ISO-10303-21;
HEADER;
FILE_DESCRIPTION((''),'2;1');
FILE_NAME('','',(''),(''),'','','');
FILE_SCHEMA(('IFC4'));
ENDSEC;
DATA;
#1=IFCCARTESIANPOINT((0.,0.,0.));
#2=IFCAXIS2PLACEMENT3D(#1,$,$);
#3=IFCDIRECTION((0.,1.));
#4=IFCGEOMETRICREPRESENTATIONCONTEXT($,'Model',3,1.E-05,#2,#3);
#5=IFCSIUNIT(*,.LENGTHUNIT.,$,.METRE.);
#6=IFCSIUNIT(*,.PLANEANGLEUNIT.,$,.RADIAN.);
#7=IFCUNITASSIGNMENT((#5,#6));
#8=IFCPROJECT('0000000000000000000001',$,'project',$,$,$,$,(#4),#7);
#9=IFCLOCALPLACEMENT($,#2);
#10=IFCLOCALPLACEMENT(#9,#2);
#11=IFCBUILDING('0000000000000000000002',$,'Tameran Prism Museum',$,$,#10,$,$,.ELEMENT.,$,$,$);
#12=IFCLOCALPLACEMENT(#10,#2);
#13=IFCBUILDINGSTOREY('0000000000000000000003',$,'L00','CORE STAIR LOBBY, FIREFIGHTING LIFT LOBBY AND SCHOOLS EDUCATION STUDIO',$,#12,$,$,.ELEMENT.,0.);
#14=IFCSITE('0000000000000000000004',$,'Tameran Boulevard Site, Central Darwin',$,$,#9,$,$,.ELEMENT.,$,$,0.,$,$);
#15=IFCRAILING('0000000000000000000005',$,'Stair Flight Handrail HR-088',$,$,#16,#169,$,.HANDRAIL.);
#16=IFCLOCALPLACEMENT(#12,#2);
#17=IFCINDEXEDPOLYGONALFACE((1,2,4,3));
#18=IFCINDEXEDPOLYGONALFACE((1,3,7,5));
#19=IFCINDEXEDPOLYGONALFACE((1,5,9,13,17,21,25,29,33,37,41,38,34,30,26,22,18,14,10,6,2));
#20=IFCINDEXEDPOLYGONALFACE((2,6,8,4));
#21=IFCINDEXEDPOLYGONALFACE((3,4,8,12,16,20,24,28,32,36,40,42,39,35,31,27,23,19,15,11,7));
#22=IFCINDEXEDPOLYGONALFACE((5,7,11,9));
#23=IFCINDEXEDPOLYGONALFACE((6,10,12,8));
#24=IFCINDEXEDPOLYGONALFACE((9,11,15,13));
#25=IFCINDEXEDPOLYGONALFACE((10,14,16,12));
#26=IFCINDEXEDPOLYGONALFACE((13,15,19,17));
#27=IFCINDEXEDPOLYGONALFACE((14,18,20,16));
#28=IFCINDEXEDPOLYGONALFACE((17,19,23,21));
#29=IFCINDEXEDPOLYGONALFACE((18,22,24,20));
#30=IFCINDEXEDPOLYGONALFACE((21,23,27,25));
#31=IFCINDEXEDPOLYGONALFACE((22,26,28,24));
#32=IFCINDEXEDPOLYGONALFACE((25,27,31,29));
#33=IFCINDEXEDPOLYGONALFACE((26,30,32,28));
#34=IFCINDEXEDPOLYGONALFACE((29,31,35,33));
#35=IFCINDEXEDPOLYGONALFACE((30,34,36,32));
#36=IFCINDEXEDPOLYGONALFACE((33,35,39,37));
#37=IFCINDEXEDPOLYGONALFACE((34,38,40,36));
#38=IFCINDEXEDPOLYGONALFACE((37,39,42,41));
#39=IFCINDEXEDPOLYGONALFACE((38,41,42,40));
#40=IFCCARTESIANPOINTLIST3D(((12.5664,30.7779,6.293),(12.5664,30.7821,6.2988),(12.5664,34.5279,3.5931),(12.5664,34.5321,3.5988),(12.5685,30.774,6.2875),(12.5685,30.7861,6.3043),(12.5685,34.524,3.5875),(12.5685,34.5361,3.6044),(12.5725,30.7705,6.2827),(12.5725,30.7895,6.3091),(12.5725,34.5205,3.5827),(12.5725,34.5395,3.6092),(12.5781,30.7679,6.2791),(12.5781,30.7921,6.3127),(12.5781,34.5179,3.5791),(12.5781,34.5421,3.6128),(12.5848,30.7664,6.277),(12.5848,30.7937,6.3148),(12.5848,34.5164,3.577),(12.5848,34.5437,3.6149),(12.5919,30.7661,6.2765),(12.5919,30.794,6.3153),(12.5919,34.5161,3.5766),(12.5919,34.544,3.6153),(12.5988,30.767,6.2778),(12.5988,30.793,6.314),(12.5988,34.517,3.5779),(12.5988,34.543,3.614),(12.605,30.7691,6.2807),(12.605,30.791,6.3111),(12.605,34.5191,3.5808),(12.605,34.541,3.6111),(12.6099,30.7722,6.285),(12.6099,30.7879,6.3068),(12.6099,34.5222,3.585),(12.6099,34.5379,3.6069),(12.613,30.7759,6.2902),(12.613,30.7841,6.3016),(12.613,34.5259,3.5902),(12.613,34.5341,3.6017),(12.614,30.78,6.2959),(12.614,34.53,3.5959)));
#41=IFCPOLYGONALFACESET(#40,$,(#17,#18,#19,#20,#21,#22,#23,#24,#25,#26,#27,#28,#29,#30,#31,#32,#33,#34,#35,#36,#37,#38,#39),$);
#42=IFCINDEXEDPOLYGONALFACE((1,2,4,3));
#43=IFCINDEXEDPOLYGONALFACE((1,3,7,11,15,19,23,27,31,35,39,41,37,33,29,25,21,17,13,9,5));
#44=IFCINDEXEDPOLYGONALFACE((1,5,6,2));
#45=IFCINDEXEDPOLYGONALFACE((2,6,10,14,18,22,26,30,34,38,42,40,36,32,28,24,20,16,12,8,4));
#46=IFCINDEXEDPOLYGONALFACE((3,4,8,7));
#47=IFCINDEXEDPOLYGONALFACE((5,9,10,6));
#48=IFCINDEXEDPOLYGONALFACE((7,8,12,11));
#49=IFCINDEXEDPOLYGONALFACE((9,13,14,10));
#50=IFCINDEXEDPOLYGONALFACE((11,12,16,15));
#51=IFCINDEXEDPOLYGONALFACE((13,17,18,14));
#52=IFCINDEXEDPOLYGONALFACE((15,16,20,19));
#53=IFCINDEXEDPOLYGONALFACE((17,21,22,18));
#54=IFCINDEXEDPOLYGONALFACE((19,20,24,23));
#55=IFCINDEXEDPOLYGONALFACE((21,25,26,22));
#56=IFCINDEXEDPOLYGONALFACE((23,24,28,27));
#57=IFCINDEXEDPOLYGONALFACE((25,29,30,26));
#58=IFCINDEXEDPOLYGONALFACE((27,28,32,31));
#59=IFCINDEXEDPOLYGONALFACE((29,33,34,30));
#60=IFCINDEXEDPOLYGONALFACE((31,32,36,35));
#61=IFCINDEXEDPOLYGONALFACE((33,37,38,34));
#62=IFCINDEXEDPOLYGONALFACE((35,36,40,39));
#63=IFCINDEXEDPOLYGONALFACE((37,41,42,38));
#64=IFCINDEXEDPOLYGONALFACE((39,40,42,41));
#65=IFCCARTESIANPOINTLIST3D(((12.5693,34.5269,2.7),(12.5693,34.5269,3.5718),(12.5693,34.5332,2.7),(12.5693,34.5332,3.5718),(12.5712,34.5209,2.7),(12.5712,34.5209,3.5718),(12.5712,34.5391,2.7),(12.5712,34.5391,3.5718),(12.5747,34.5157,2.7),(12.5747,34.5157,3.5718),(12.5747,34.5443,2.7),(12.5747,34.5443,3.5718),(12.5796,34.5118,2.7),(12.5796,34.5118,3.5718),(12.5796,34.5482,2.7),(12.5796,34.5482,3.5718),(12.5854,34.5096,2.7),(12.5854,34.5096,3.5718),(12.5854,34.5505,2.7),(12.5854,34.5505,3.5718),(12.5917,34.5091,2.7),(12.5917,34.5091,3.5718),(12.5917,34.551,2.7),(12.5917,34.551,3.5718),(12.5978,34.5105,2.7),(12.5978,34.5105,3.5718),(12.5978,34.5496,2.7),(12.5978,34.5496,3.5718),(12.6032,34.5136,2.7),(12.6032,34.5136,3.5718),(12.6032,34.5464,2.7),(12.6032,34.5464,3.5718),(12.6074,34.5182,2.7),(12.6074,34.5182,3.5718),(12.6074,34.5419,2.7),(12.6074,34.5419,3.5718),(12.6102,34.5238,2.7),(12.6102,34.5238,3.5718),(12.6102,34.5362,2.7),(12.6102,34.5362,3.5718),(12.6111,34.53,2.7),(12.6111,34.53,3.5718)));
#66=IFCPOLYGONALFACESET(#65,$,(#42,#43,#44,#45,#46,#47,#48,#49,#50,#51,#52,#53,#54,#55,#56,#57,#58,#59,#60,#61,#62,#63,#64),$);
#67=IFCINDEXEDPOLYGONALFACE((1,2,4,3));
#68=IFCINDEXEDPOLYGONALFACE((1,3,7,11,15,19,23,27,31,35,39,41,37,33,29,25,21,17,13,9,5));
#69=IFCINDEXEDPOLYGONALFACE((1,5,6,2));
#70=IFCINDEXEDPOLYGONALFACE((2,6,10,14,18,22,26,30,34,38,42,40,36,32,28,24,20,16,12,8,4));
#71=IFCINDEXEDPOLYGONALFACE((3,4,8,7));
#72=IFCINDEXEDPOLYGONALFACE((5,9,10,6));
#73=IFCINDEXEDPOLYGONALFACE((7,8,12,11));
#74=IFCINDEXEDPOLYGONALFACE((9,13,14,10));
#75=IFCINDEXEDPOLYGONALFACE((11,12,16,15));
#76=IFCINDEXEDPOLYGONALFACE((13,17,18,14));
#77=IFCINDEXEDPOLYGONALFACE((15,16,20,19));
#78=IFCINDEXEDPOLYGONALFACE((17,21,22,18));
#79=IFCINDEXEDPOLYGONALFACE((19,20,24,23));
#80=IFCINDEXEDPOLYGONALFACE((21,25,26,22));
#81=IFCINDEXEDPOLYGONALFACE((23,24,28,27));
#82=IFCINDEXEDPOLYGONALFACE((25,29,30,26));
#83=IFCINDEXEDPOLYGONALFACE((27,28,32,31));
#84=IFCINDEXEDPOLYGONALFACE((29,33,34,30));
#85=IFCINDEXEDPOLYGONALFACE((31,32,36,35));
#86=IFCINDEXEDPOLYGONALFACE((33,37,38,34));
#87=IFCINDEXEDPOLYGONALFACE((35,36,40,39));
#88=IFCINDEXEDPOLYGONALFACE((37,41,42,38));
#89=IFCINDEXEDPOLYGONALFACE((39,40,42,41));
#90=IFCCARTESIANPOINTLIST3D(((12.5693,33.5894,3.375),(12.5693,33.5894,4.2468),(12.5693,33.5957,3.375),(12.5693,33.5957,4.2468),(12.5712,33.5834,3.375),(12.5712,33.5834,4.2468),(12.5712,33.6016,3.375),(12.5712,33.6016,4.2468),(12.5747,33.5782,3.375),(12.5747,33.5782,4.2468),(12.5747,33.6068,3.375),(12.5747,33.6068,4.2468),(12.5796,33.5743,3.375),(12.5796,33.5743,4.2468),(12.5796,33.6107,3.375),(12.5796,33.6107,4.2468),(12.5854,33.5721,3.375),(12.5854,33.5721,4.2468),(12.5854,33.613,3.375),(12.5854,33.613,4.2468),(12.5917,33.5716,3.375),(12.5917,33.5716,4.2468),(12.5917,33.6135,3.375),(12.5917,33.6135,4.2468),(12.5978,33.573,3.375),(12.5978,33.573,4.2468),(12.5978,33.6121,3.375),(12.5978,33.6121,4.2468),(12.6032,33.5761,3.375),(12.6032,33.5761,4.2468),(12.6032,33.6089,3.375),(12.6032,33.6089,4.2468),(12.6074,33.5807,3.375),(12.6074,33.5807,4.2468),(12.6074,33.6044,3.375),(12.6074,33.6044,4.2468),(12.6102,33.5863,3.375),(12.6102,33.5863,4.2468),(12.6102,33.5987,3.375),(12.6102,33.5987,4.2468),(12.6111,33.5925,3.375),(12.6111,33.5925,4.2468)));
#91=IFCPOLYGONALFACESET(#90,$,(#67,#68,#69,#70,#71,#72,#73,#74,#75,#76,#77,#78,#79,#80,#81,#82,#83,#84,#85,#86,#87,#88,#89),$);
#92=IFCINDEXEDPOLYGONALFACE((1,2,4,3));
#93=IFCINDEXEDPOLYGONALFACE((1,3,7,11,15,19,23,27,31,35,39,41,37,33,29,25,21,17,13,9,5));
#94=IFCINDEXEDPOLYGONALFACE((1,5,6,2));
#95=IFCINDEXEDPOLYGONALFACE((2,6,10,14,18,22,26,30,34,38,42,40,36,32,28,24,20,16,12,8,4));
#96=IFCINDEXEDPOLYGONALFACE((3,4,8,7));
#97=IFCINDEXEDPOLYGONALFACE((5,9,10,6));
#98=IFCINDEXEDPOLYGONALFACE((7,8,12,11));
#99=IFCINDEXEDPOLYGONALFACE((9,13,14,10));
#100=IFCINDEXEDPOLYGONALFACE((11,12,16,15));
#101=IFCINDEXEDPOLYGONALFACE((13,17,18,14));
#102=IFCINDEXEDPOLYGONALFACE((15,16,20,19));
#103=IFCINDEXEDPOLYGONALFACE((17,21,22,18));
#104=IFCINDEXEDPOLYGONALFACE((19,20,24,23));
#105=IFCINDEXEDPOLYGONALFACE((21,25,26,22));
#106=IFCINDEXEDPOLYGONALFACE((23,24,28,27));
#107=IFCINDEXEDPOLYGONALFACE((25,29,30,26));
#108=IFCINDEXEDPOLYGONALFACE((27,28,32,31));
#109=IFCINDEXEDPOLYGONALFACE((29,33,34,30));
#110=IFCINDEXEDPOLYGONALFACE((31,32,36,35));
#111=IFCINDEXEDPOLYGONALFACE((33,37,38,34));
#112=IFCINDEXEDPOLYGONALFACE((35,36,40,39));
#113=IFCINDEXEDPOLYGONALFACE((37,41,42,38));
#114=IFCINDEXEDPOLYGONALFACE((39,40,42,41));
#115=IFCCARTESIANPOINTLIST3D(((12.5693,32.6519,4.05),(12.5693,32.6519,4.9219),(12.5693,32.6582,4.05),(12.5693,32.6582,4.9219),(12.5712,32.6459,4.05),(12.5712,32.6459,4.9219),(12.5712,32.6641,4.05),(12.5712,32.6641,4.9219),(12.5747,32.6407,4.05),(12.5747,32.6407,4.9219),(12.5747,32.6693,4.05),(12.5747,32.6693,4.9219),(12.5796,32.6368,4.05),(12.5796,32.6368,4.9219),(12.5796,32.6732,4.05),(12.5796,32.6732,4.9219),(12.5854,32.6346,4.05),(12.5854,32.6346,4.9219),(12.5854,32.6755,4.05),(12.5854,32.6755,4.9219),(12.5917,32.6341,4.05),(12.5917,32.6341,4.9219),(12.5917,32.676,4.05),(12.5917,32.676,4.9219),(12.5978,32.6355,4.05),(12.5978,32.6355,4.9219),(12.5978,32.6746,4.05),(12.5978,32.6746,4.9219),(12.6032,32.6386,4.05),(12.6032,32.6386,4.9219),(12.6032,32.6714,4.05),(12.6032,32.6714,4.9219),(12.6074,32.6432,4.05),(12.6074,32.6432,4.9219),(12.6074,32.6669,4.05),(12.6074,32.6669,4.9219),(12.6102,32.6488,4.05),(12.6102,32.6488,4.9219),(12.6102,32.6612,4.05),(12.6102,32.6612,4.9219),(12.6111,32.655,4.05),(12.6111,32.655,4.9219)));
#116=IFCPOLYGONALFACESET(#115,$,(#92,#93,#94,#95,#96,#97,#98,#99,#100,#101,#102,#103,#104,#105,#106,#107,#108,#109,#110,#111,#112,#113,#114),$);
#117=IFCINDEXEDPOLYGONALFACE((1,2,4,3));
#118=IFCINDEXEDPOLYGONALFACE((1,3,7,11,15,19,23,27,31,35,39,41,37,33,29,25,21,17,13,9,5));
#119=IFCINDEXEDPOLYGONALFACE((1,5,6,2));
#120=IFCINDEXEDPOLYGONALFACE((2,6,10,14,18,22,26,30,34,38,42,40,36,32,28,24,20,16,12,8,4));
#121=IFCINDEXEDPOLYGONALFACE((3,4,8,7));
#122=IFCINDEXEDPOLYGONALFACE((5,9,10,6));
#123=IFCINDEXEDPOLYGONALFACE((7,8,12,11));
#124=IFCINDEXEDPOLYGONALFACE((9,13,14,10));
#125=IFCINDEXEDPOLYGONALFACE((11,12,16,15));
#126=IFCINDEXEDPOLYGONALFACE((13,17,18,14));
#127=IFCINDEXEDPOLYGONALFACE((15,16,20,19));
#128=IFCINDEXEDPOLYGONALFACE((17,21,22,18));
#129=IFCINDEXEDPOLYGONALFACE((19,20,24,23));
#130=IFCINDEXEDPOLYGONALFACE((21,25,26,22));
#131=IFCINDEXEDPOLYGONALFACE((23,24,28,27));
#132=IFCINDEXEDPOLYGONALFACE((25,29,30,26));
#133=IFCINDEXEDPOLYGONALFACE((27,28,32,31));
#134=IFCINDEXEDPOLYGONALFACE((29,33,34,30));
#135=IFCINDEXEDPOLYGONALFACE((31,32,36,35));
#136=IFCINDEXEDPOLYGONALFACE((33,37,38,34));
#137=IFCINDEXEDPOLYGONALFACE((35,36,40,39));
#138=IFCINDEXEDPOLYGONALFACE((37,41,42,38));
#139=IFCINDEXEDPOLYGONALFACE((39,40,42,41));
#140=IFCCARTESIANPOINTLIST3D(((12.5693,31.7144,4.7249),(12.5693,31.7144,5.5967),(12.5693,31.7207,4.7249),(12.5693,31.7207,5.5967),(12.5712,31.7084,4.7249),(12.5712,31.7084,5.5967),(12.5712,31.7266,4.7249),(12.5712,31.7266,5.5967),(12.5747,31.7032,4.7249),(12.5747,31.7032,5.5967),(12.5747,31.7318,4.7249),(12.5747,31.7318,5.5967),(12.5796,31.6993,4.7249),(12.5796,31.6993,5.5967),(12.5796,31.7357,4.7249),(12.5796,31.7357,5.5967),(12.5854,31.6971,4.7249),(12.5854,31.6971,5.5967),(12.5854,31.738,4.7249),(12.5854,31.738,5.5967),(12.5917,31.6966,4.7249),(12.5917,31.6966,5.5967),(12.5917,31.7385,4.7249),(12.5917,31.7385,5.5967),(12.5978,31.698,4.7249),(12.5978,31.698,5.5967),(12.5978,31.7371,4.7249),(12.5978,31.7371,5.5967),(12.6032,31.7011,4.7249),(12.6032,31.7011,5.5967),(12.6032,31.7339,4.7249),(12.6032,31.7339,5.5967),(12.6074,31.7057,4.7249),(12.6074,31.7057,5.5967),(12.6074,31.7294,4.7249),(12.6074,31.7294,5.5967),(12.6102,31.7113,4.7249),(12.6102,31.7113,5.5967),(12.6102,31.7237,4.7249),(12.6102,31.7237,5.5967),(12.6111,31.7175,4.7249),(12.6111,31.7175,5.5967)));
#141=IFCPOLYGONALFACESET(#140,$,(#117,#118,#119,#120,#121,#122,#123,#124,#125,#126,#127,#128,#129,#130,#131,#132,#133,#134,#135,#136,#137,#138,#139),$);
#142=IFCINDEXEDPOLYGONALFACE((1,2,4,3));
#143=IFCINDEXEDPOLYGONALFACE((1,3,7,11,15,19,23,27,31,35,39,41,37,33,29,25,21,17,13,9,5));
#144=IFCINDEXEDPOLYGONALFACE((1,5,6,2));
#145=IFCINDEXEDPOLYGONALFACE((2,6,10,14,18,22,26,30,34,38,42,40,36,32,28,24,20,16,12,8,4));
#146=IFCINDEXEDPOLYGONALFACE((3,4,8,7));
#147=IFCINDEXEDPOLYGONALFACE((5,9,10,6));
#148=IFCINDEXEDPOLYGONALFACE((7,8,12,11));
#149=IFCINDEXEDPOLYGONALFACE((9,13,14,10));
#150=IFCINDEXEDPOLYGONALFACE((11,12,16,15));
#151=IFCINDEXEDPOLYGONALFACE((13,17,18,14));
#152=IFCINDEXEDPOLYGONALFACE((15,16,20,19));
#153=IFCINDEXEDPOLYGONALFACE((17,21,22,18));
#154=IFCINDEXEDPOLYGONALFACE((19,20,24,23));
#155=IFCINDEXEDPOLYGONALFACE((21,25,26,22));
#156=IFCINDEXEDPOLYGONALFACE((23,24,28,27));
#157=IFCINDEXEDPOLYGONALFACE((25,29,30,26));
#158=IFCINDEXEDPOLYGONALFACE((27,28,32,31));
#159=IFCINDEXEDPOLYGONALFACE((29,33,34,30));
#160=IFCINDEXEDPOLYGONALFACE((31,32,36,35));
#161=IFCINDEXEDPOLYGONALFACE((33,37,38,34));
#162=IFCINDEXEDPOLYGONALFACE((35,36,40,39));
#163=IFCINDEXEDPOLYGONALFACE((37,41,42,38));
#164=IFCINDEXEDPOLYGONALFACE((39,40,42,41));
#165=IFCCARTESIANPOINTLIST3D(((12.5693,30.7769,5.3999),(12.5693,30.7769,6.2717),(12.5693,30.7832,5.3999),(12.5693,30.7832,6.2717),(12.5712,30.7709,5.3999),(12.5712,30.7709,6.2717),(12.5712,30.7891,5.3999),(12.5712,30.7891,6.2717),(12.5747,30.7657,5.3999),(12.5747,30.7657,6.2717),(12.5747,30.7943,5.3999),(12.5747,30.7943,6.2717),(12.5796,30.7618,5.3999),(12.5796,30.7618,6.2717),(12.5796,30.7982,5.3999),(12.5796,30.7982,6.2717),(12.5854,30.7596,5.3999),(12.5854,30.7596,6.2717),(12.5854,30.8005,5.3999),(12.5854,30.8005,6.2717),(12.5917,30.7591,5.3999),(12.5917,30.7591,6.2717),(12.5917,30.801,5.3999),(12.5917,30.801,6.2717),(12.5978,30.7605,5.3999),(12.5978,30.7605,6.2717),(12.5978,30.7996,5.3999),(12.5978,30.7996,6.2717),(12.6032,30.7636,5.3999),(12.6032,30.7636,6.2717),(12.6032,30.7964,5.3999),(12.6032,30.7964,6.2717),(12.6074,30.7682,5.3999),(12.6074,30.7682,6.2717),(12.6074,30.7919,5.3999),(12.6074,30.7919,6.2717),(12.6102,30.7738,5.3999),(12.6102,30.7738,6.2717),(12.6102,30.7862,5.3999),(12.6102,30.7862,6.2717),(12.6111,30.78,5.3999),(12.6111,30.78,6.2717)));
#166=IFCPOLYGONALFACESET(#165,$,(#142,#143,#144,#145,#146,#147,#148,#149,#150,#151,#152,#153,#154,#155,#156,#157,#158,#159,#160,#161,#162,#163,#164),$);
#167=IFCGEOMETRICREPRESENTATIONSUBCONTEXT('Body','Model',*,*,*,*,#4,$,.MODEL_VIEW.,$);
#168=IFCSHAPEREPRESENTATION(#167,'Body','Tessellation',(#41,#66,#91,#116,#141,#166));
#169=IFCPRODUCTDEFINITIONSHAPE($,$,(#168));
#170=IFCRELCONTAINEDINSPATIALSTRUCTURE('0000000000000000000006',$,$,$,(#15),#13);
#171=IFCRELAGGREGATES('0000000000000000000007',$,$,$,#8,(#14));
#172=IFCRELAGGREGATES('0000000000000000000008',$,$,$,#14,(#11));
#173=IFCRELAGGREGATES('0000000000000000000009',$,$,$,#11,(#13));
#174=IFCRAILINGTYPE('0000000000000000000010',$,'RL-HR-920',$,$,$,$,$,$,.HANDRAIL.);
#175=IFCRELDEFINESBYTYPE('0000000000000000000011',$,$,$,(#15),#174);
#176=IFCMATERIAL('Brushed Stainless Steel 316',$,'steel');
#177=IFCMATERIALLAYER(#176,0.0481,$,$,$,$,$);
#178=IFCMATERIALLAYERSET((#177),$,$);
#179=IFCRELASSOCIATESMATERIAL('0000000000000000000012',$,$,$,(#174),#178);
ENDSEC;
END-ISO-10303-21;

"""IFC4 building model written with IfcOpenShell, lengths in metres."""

from ifc_helpers import new_model, si_unit, direction, frame, origin, origin_2d, place, context, subcontext, project, spatial, circle, extrude, material, layer, layer_set, type_object, element, save


model = new_model("IFC4")

# Units and contexts
model_context = context("Model", 3, precision=1e-05, world=origin(), true_north=direction((0.0, 1.0)))
body_context = subcontext(model_context, "Body", "Model", "MODEL_VIEW")
ifc_project = project(units=[si_unit("LENGTHUNIT", "METRE"), si_unit("PLANEANGLEUNIT", "RADIAN")], contexts=[model_context])

# Site, building, storey
site_placement = place(None, origin())
site = spatial("IfcSite", under=ifc_project, at=site_placement, Name="Tameran Boulevard Site, Central Darwin", CompositionType="ELEMENT", RefElevation=0.0)
building_placement = place(site_placement, origin())
building = spatial("IfcBuilding", under=site, at=building_placement, Name="Tameran Prism Museum", CompositionType="ELEMENT")
storey_placement = place(building_placement, origin())
storey = spatial("IfcBuildingStorey", under=building, at=storey_placement, Name="L00", Description="CORE STAIR LOBBY, FIREFIGHTING LIFT LOBBY AND SCHOOLS EDUCATION STUDIO", CompositionType="ELEMENT", Elevation=0.0)

# Railing
ifc_material_1 = material(Name="Brushed Stainless Steel 316", Category="steel")
ifc_layer_1 = layer(ifc_material_1, 0.0481)
ifc_layer_set_1 = layer_set([ifc_layer_1])
railing_type_1 = type_object("IfcRailingType", Name="RL-HR-920", PredefinedType="HANDRAIL", material=ifc_layer_set_1)
railing_1_placement = place(storey_placement, frame((12.5901, 34.53, 2.7)))
element("IfcRailing", 1, at=railing_1_placement, inside=storey, type_object=railing_type_1, Name="Stair Flight Handrail HR-088", PredefinedType="HANDRAIL", context=body_context, shape_type="SweptSolid", body=[
    extrude(circle(Radius=0.0239, at=origin_2d()), frame((0.0, 0.0, 0.896), z_axis=(0.0, -0.811539, 0.584298), x_axis=(1.0, 0.0, 0.0)), (0.0, 0.0, 1.0), 4.6208),
    extrude(circle(Radius=0.021, at=origin_2d()), origin(), (0.0, 0.0, 1.0), 0.8718),
    extrude(circle(Radius=0.021, at=origin_2d()), frame((0.0, -0.9375, 0.675)), (0.0, 0.0, 1.0), 0.8718),
    extrude(circle(Radius=0.021, at=origin_2d()), frame((0.0, -1.875, 1.3501)), (0.0, 0.0, 1.0), 0.8718),
    extrude(circle(Radius=0.021, at=origin_2d()), frame((0.0, -2.8125, 2.0249)), (0.0, 0.0, 1.0), 0.8718),
    extrude(circle(Radius=0.021, at=origin_2d()), frame((0.0, -3.75, 2.7)), (0.0, 0.0, 1.0), 0.8718),
])

save(model, "model.ifc")
